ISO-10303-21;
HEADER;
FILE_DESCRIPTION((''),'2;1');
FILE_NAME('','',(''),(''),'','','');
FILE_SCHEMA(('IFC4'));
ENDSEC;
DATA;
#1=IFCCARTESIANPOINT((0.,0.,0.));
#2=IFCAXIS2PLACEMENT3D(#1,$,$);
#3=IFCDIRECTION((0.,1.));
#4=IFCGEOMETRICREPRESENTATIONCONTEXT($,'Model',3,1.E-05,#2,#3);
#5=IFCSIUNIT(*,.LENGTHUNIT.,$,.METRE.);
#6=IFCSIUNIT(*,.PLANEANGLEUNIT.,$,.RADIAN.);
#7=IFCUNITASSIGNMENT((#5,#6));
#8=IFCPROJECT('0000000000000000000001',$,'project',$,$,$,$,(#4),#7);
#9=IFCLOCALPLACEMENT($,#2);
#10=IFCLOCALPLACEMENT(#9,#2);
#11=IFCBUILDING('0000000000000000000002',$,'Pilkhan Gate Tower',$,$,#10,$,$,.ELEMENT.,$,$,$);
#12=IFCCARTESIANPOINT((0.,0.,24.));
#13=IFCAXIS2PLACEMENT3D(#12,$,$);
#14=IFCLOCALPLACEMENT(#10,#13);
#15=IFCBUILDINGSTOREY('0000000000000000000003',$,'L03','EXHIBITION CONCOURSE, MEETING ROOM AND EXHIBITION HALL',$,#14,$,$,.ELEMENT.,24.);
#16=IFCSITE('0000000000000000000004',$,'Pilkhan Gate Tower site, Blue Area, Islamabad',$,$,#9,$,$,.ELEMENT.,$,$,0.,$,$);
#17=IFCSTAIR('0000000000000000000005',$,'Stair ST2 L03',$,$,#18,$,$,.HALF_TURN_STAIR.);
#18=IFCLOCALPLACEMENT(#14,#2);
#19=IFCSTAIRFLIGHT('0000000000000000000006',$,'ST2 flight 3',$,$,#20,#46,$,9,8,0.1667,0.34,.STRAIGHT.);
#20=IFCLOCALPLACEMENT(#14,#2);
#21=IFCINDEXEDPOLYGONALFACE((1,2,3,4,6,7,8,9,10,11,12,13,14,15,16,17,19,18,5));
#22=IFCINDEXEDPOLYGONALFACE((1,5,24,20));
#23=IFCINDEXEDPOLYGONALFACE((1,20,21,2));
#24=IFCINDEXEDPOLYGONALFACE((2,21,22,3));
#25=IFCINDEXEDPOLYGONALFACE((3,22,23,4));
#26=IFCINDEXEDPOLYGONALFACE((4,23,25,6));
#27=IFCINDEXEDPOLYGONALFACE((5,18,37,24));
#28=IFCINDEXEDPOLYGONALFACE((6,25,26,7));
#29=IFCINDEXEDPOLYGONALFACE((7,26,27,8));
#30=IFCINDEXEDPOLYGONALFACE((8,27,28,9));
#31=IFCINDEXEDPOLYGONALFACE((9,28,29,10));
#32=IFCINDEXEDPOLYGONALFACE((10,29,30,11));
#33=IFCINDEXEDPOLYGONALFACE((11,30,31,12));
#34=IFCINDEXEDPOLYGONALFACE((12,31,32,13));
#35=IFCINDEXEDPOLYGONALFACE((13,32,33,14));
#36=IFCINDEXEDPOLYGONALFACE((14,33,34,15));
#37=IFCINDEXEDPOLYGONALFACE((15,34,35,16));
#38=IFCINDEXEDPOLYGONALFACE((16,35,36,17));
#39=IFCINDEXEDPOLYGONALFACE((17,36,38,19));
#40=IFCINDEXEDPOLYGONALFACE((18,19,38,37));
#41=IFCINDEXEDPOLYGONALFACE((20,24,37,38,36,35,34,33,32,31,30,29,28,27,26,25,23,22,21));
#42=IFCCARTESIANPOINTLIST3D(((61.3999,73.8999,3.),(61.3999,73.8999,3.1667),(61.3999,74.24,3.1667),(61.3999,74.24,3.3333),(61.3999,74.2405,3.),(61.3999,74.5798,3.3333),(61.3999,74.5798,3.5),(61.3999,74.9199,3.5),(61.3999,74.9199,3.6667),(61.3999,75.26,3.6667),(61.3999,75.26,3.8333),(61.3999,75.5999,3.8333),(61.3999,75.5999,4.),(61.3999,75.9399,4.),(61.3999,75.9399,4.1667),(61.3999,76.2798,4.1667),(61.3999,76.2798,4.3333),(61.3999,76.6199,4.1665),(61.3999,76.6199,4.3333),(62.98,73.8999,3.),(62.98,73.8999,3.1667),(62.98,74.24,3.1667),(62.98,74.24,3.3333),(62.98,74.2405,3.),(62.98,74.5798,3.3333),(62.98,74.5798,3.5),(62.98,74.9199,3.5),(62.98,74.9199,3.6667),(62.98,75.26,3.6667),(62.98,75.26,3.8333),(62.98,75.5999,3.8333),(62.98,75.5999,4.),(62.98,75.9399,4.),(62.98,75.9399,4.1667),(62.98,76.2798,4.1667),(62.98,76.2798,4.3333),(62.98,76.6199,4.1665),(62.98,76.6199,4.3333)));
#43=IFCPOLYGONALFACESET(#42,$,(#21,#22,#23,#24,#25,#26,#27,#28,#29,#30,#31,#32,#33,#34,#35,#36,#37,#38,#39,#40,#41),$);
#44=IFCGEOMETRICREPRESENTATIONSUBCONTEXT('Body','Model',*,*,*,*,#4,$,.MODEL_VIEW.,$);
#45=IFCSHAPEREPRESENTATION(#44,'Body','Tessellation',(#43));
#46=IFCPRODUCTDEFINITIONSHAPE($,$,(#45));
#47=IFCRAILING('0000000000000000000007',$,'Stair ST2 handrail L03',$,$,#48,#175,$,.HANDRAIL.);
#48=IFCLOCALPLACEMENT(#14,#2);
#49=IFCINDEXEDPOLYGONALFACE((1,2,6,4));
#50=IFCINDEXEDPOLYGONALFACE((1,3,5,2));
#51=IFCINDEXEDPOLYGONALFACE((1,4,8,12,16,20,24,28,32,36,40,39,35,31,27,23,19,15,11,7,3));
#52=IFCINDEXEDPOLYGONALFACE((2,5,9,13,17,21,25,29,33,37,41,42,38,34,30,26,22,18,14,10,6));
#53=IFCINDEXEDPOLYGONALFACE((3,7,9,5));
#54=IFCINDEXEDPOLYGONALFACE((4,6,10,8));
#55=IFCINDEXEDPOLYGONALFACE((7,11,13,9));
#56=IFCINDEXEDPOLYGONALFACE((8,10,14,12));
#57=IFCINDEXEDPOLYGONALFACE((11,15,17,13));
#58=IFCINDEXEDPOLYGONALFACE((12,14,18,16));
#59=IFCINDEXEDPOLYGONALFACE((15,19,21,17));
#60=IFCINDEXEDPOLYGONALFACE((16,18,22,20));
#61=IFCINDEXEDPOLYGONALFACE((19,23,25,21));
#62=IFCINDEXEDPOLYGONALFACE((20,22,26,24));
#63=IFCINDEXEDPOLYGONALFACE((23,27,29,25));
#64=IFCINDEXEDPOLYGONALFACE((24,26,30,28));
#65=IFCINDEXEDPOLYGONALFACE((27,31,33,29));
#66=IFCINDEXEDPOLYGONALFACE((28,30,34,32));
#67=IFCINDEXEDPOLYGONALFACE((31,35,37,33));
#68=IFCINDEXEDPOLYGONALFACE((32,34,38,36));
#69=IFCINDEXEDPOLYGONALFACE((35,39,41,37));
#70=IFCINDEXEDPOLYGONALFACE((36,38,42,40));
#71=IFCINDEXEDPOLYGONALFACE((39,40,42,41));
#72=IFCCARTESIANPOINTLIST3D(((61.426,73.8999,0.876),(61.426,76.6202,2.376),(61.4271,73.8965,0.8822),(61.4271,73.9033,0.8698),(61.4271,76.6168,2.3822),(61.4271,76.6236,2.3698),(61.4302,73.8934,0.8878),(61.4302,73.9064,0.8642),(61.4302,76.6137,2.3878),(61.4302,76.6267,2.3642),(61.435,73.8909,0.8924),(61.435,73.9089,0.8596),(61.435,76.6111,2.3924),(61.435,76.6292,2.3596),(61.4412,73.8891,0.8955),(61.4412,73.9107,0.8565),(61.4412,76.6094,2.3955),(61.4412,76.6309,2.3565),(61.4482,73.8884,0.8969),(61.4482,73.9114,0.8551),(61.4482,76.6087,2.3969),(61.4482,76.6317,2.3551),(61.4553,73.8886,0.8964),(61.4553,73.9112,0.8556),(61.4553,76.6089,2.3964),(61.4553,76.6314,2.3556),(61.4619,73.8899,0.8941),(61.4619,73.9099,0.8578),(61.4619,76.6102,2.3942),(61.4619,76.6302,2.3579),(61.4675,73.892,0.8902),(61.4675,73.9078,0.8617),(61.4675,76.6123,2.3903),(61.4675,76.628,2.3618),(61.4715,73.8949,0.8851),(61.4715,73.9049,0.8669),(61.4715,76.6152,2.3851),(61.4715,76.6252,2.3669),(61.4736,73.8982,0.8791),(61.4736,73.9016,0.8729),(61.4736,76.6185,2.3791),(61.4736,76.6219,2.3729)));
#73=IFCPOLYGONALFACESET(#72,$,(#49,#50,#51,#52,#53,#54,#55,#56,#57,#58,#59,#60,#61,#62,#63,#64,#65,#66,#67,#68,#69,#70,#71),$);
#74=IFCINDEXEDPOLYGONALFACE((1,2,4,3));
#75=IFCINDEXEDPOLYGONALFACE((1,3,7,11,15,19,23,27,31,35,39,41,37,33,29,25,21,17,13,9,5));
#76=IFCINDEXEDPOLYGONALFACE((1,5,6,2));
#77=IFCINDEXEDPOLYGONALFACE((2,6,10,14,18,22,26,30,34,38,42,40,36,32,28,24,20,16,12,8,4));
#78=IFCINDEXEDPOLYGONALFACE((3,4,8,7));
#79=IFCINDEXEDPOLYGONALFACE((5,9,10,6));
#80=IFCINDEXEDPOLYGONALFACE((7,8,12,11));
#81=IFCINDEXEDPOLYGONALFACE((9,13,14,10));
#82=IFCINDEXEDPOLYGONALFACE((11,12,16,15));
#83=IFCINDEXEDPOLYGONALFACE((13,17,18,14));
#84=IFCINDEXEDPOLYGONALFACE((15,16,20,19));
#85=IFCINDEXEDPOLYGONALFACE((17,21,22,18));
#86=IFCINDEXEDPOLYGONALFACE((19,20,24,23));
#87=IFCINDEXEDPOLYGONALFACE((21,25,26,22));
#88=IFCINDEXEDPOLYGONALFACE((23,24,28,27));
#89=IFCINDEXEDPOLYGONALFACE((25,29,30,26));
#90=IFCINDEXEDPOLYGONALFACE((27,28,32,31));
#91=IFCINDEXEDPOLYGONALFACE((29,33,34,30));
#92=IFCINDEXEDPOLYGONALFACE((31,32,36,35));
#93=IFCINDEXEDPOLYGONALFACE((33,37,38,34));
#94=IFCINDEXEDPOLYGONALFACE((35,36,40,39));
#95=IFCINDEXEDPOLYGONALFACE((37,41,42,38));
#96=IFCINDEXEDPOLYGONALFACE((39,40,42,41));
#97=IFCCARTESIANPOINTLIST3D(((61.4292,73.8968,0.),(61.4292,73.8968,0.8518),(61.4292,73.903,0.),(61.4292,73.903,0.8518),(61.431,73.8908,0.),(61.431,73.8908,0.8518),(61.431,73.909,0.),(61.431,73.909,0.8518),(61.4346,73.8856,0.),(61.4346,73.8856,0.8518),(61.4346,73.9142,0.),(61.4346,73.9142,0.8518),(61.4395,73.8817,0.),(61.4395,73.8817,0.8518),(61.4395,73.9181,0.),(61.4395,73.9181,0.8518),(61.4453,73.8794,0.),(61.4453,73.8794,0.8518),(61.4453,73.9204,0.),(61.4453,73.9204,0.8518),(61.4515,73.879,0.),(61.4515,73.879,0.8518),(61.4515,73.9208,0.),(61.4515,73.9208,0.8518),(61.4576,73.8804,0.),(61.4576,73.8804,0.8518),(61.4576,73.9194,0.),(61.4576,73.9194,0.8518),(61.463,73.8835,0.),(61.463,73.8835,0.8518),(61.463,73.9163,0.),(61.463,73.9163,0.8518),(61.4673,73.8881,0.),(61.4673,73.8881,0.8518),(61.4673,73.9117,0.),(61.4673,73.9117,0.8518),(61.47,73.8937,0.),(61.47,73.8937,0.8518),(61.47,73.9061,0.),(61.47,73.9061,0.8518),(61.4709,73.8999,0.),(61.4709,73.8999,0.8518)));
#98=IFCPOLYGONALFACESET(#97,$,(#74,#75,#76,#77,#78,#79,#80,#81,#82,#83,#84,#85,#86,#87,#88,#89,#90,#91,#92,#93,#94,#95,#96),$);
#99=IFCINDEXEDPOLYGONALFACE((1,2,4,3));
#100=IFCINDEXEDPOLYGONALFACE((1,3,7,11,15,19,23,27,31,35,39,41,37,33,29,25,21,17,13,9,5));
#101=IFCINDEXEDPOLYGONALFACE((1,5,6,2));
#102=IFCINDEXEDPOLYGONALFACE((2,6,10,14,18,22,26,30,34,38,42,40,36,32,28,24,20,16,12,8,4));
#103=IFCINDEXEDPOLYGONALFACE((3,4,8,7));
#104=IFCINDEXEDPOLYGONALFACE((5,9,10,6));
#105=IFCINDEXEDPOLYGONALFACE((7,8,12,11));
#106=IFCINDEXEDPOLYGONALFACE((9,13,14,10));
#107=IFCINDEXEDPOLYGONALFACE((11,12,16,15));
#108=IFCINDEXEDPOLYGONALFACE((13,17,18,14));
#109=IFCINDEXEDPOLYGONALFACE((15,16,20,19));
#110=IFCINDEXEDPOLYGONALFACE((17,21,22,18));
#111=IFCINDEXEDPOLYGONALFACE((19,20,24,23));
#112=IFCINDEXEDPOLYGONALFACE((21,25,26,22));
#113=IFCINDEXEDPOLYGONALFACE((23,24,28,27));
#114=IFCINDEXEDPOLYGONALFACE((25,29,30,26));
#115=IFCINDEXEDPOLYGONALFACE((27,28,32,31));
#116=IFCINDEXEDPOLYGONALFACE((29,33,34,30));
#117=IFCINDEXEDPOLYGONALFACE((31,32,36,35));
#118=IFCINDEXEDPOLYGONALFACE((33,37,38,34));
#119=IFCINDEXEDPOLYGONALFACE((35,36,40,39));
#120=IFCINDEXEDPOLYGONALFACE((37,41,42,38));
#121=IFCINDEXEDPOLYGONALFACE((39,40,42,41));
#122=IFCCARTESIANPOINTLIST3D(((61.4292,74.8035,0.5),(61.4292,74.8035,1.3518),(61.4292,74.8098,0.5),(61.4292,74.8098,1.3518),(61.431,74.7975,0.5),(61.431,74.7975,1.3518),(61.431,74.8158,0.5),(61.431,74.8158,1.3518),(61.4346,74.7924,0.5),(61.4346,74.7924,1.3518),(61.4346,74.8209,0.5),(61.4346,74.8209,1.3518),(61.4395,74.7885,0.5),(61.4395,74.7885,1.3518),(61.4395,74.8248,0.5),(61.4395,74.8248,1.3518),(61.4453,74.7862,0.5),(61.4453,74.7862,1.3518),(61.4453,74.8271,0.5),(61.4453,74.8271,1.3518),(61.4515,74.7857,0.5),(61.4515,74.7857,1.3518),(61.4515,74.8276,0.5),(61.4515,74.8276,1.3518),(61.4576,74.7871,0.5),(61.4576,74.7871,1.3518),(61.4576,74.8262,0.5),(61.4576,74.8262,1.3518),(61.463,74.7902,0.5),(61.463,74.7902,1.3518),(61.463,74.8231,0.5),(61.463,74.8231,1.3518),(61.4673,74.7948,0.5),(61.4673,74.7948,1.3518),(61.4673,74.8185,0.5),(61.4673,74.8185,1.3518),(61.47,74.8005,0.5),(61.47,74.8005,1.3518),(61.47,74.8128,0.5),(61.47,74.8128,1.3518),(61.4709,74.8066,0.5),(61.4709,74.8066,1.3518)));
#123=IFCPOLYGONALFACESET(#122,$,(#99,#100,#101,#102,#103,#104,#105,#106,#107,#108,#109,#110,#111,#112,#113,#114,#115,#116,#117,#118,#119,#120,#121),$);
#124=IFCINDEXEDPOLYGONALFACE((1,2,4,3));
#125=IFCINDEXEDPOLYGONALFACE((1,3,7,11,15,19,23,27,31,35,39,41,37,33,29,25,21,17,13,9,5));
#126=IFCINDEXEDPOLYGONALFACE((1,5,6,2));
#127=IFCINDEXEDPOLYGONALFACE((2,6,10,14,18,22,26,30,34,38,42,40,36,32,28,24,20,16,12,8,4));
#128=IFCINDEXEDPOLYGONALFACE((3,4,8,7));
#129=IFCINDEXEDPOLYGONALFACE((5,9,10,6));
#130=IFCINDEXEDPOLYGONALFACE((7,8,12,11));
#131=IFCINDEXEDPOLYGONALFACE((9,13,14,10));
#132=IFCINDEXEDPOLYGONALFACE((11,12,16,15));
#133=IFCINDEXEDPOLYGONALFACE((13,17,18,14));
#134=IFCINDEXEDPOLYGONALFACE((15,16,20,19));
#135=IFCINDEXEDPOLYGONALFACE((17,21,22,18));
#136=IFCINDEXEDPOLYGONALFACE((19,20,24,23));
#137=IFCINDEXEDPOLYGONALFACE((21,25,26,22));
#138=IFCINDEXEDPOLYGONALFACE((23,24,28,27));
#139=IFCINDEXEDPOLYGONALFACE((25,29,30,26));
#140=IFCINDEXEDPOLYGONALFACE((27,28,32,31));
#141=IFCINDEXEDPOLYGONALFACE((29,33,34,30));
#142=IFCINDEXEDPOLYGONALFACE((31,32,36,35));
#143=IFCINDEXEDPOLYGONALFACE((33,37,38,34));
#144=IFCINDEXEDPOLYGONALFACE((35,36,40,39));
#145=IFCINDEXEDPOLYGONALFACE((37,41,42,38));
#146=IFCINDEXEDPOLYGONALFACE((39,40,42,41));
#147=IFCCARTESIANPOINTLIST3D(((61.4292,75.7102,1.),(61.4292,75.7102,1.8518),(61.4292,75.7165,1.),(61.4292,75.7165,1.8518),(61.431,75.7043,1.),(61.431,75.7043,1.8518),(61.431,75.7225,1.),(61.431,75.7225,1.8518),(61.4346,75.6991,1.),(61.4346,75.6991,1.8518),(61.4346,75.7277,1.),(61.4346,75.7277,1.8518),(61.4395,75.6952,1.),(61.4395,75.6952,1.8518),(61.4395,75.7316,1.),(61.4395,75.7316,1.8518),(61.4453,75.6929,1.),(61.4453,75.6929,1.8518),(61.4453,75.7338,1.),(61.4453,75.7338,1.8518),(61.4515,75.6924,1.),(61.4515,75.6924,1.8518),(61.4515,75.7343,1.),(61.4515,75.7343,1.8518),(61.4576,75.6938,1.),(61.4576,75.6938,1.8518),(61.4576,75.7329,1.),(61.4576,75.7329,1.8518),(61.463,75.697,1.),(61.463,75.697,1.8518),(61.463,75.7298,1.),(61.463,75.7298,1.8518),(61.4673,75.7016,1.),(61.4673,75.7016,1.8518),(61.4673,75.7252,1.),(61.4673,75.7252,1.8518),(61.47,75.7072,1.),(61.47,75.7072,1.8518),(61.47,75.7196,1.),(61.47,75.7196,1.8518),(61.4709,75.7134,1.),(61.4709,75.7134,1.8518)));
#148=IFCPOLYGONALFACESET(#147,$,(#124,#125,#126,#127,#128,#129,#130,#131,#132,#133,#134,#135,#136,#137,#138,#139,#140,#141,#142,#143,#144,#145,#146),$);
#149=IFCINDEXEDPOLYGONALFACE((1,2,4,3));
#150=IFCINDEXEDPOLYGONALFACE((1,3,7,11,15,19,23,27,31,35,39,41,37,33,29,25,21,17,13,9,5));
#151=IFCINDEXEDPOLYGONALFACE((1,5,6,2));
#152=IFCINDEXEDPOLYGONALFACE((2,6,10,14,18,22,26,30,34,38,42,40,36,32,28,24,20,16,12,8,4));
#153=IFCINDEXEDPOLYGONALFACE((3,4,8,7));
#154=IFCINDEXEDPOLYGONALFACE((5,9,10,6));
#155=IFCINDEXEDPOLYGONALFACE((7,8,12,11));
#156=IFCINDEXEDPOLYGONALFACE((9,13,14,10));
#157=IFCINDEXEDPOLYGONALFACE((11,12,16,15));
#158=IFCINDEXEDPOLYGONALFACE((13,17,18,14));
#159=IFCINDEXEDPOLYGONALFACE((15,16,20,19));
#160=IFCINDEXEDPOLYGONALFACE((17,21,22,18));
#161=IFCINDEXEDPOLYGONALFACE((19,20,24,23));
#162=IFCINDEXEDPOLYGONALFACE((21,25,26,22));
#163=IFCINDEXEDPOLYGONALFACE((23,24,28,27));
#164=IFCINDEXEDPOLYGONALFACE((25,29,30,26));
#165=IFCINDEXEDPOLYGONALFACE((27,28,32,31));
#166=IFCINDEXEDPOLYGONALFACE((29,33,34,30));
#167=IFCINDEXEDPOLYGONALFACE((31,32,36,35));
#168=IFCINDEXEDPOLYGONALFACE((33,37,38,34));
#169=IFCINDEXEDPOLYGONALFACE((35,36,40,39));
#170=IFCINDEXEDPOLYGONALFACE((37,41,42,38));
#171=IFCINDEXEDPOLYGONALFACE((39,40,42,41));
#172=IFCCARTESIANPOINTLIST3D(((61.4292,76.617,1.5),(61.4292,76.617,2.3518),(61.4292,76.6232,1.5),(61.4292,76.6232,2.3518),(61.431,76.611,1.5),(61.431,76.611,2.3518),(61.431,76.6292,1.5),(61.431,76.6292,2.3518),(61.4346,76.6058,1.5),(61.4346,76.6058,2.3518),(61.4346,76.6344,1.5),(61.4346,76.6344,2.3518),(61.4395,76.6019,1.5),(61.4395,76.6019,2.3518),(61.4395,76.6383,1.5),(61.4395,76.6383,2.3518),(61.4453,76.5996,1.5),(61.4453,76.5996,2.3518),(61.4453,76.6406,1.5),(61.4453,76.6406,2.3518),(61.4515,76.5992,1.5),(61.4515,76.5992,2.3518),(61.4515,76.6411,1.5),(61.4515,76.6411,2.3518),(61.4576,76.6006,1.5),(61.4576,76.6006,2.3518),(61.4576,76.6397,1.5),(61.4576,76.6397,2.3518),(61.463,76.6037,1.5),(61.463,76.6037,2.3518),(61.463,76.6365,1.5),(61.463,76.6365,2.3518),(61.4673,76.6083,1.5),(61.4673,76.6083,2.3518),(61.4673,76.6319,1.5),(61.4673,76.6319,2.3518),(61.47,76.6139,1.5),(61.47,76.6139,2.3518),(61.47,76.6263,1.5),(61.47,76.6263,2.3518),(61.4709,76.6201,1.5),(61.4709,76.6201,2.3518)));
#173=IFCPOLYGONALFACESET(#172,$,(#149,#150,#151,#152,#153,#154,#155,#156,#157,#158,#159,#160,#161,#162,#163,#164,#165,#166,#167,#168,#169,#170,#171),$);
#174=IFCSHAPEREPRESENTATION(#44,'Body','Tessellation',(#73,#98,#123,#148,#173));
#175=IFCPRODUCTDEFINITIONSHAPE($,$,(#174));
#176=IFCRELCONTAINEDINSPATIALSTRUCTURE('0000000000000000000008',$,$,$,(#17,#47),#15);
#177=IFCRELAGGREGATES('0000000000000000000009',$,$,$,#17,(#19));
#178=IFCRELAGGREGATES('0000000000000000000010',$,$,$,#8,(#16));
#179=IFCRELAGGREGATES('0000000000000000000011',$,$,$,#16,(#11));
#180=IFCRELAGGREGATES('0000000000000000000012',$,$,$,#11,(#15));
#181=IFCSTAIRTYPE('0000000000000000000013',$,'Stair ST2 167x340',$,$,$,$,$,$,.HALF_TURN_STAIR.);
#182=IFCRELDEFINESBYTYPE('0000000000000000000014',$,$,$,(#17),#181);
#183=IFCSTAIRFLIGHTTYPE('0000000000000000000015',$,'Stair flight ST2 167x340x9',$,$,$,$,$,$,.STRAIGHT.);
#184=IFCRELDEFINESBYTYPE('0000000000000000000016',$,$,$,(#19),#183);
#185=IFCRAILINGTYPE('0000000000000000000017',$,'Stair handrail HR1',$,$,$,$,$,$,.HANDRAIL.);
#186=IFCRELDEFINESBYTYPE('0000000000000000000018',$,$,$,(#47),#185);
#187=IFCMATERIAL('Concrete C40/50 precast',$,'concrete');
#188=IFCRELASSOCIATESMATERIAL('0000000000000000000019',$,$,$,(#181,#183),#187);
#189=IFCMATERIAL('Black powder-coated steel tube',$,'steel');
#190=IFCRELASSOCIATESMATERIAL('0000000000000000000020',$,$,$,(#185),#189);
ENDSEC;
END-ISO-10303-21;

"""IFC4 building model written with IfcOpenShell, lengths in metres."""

from ifc_helpers import new_model, si_unit, direction, frame, origin, origin_2d, place, context, subcontext, project, spatial, polyline, circle, outline, extrude, material, type_object, element, aggregate, save


model = new_model("IFC4")

# Units and contexts
model_context = context("Model", 3, precision=1e-05, world=origin(), true_north=direction((0.0, 1.0)))
body_context = subcontext(model_context, "Body", "Model", "MODEL_VIEW")
ifc_project = project(units=[si_unit("LENGTHUNIT", "METRE"), si_unit("PLANEANGLEUNIT", "RADIAN")], contexts=[model_context])

# Site, building, storey
site_placement = place(None, origin())
site = spatial("IfcSite", under=ifc_project, at=site_placement, Name="Pilkhan Gate Tower site, Blue Area, Islamabad", CompositionType="ELEMENT", RefElevation=0.0)
building_placement = place(site_placement, origin())
building = spatial("IfcBuilding", under=site, at=building_placement, Name="Pilkhan Gate Tower", CompositionType="ELEMENT")
storey_placement = place(building_placement, frame((0.0, 0.0, 24.0)))
storey = spatial("IfcBuildingStorey", under=building, at=storey_placement, Name="L03", Description="EXHIBITION CONCOURSE, MEETING ROOM AND EXHIBITION HALL", CompositionType="ELEMENT", Elevation=24.0)

# Stair, stair flight
ifc_material_1 = material(Name="Concrete C40/50 precast", Category="concrete")
stair_type = type_object("IfcStairType", Name="Stair ST2 167x340", PredefinedType="HALF_TURN_STAIR", material=ifc_material_1)
stair_placement = place(storey_placement, origin())
stair = element("IfcStair", 1, at=stair_placement, inside=storey, type_object=stair_type, Name="Stair ST2 L03", PredefinedType="HALF_TURN_STAIR")
stair_flight_type = type_object("IfcStairFlightType", Name="Stair flight ST2 167x340x9", PredefinedType="STRAIGHT", material=ifc_material_1)
stair_flight_1_placement = place(storey_placement, frame((62.1899, 73.8999, 3.0), z_axis=(0.0, 0.0, 1.0), x_axis=(0.0, 1.0, 0.0)))
stair_flight_1 = element("IfcStairFlight", 2, at=stair_flight_1_placement, type_object=stair_flight_type, Name="ST2 flight 3", NumberOfRisers=9, NumberOfTreads=8, PredefinedType="STRAIGHT", RiserHeight=0.1667, TreadLength=0.34, context=body_context, shape_type="SweptSolid", body=[
    extrude(outline(polyline([(0.0, 0.0), (0.0, 0.1667), (0.3401, 0.1667), (0.3401, 0.3333), (0.6799, 0.3333), (0.6799, 0.5), (1.02, 0.5), (1.02, 0.6667), (1.3601, 0.6667), (1.3601, 0.8333), (1.7, 0.8333), (1.7, 1.0), (2.04, 1.0), (2.04, 1.1667), (2.3799, 1.1667), (2.3799, 1.3333), (2.72, 1.3333), (2.72, 1.5), (2.72, 1.1665), (0.3406, 0.0), (0.0, 0.0)])), frame((0.0, 0.79, 0.0), z_axis=(0.0, -1.0, 0.0), x_axis=(1.0, 0.0, 0.0)), (0.0, 0.0, 1.0), 1.5801),
])
aggregate(stair, [stair_flight_1])

# Railing
ifc_material_2 = material(Name="Black powder-coated steel tube", Category="steel")
railing_type_1 = type_object("IfcRailingType", Name="Stair handrail HR1", PredefinedType="HANDRAIL", material=ifc_material_2)
for number, where, name in (
    (3, (61.45, 73.8999, 0.0), "Stair ST2 handrail L03"),
):
    element("IfcRailing", number, at=place(storey_placement, frame(where)), inside=storey, type_object=railing_type_1, Name=name, PredefinedType="HANDRAIL", context=body_context, shape_type="SweptSolid", body=[
        extrude(circle(Radius=0.0239, at=origin_2d()), frame((0.0, 0.0, 0.876), z_axis=(0.0, 0.875688, 0.482878), x_axis=(-1.0, 0.0, 0.0)), (0.0, 0.0, 1.0), 3.1064),
        extrude(circle(Radius=0.021, at=origin_2d()), origin(), (0.0, 0.0, 1.0), 0.8518),
        extrude(circle(Radius=0.021, at=origin_2d()), frame((0.0, 0.9067, 0.5)), (0.0, 0.0, 1.0), 0.8518),
        extrude(circle(Radius=0.021, at=origin_2d()), frame((0.0, 1.8135, 1.0)), (0.0, 0.0, 1.0), 0.8518),
        extrude(circle(Radius=0.021, at=origin_2d()), frame((0.0, 2.7202, 1.5)), (0.0, 0.0, 1.0), 0.8518),
    ])

save(model, "model.ifc")
